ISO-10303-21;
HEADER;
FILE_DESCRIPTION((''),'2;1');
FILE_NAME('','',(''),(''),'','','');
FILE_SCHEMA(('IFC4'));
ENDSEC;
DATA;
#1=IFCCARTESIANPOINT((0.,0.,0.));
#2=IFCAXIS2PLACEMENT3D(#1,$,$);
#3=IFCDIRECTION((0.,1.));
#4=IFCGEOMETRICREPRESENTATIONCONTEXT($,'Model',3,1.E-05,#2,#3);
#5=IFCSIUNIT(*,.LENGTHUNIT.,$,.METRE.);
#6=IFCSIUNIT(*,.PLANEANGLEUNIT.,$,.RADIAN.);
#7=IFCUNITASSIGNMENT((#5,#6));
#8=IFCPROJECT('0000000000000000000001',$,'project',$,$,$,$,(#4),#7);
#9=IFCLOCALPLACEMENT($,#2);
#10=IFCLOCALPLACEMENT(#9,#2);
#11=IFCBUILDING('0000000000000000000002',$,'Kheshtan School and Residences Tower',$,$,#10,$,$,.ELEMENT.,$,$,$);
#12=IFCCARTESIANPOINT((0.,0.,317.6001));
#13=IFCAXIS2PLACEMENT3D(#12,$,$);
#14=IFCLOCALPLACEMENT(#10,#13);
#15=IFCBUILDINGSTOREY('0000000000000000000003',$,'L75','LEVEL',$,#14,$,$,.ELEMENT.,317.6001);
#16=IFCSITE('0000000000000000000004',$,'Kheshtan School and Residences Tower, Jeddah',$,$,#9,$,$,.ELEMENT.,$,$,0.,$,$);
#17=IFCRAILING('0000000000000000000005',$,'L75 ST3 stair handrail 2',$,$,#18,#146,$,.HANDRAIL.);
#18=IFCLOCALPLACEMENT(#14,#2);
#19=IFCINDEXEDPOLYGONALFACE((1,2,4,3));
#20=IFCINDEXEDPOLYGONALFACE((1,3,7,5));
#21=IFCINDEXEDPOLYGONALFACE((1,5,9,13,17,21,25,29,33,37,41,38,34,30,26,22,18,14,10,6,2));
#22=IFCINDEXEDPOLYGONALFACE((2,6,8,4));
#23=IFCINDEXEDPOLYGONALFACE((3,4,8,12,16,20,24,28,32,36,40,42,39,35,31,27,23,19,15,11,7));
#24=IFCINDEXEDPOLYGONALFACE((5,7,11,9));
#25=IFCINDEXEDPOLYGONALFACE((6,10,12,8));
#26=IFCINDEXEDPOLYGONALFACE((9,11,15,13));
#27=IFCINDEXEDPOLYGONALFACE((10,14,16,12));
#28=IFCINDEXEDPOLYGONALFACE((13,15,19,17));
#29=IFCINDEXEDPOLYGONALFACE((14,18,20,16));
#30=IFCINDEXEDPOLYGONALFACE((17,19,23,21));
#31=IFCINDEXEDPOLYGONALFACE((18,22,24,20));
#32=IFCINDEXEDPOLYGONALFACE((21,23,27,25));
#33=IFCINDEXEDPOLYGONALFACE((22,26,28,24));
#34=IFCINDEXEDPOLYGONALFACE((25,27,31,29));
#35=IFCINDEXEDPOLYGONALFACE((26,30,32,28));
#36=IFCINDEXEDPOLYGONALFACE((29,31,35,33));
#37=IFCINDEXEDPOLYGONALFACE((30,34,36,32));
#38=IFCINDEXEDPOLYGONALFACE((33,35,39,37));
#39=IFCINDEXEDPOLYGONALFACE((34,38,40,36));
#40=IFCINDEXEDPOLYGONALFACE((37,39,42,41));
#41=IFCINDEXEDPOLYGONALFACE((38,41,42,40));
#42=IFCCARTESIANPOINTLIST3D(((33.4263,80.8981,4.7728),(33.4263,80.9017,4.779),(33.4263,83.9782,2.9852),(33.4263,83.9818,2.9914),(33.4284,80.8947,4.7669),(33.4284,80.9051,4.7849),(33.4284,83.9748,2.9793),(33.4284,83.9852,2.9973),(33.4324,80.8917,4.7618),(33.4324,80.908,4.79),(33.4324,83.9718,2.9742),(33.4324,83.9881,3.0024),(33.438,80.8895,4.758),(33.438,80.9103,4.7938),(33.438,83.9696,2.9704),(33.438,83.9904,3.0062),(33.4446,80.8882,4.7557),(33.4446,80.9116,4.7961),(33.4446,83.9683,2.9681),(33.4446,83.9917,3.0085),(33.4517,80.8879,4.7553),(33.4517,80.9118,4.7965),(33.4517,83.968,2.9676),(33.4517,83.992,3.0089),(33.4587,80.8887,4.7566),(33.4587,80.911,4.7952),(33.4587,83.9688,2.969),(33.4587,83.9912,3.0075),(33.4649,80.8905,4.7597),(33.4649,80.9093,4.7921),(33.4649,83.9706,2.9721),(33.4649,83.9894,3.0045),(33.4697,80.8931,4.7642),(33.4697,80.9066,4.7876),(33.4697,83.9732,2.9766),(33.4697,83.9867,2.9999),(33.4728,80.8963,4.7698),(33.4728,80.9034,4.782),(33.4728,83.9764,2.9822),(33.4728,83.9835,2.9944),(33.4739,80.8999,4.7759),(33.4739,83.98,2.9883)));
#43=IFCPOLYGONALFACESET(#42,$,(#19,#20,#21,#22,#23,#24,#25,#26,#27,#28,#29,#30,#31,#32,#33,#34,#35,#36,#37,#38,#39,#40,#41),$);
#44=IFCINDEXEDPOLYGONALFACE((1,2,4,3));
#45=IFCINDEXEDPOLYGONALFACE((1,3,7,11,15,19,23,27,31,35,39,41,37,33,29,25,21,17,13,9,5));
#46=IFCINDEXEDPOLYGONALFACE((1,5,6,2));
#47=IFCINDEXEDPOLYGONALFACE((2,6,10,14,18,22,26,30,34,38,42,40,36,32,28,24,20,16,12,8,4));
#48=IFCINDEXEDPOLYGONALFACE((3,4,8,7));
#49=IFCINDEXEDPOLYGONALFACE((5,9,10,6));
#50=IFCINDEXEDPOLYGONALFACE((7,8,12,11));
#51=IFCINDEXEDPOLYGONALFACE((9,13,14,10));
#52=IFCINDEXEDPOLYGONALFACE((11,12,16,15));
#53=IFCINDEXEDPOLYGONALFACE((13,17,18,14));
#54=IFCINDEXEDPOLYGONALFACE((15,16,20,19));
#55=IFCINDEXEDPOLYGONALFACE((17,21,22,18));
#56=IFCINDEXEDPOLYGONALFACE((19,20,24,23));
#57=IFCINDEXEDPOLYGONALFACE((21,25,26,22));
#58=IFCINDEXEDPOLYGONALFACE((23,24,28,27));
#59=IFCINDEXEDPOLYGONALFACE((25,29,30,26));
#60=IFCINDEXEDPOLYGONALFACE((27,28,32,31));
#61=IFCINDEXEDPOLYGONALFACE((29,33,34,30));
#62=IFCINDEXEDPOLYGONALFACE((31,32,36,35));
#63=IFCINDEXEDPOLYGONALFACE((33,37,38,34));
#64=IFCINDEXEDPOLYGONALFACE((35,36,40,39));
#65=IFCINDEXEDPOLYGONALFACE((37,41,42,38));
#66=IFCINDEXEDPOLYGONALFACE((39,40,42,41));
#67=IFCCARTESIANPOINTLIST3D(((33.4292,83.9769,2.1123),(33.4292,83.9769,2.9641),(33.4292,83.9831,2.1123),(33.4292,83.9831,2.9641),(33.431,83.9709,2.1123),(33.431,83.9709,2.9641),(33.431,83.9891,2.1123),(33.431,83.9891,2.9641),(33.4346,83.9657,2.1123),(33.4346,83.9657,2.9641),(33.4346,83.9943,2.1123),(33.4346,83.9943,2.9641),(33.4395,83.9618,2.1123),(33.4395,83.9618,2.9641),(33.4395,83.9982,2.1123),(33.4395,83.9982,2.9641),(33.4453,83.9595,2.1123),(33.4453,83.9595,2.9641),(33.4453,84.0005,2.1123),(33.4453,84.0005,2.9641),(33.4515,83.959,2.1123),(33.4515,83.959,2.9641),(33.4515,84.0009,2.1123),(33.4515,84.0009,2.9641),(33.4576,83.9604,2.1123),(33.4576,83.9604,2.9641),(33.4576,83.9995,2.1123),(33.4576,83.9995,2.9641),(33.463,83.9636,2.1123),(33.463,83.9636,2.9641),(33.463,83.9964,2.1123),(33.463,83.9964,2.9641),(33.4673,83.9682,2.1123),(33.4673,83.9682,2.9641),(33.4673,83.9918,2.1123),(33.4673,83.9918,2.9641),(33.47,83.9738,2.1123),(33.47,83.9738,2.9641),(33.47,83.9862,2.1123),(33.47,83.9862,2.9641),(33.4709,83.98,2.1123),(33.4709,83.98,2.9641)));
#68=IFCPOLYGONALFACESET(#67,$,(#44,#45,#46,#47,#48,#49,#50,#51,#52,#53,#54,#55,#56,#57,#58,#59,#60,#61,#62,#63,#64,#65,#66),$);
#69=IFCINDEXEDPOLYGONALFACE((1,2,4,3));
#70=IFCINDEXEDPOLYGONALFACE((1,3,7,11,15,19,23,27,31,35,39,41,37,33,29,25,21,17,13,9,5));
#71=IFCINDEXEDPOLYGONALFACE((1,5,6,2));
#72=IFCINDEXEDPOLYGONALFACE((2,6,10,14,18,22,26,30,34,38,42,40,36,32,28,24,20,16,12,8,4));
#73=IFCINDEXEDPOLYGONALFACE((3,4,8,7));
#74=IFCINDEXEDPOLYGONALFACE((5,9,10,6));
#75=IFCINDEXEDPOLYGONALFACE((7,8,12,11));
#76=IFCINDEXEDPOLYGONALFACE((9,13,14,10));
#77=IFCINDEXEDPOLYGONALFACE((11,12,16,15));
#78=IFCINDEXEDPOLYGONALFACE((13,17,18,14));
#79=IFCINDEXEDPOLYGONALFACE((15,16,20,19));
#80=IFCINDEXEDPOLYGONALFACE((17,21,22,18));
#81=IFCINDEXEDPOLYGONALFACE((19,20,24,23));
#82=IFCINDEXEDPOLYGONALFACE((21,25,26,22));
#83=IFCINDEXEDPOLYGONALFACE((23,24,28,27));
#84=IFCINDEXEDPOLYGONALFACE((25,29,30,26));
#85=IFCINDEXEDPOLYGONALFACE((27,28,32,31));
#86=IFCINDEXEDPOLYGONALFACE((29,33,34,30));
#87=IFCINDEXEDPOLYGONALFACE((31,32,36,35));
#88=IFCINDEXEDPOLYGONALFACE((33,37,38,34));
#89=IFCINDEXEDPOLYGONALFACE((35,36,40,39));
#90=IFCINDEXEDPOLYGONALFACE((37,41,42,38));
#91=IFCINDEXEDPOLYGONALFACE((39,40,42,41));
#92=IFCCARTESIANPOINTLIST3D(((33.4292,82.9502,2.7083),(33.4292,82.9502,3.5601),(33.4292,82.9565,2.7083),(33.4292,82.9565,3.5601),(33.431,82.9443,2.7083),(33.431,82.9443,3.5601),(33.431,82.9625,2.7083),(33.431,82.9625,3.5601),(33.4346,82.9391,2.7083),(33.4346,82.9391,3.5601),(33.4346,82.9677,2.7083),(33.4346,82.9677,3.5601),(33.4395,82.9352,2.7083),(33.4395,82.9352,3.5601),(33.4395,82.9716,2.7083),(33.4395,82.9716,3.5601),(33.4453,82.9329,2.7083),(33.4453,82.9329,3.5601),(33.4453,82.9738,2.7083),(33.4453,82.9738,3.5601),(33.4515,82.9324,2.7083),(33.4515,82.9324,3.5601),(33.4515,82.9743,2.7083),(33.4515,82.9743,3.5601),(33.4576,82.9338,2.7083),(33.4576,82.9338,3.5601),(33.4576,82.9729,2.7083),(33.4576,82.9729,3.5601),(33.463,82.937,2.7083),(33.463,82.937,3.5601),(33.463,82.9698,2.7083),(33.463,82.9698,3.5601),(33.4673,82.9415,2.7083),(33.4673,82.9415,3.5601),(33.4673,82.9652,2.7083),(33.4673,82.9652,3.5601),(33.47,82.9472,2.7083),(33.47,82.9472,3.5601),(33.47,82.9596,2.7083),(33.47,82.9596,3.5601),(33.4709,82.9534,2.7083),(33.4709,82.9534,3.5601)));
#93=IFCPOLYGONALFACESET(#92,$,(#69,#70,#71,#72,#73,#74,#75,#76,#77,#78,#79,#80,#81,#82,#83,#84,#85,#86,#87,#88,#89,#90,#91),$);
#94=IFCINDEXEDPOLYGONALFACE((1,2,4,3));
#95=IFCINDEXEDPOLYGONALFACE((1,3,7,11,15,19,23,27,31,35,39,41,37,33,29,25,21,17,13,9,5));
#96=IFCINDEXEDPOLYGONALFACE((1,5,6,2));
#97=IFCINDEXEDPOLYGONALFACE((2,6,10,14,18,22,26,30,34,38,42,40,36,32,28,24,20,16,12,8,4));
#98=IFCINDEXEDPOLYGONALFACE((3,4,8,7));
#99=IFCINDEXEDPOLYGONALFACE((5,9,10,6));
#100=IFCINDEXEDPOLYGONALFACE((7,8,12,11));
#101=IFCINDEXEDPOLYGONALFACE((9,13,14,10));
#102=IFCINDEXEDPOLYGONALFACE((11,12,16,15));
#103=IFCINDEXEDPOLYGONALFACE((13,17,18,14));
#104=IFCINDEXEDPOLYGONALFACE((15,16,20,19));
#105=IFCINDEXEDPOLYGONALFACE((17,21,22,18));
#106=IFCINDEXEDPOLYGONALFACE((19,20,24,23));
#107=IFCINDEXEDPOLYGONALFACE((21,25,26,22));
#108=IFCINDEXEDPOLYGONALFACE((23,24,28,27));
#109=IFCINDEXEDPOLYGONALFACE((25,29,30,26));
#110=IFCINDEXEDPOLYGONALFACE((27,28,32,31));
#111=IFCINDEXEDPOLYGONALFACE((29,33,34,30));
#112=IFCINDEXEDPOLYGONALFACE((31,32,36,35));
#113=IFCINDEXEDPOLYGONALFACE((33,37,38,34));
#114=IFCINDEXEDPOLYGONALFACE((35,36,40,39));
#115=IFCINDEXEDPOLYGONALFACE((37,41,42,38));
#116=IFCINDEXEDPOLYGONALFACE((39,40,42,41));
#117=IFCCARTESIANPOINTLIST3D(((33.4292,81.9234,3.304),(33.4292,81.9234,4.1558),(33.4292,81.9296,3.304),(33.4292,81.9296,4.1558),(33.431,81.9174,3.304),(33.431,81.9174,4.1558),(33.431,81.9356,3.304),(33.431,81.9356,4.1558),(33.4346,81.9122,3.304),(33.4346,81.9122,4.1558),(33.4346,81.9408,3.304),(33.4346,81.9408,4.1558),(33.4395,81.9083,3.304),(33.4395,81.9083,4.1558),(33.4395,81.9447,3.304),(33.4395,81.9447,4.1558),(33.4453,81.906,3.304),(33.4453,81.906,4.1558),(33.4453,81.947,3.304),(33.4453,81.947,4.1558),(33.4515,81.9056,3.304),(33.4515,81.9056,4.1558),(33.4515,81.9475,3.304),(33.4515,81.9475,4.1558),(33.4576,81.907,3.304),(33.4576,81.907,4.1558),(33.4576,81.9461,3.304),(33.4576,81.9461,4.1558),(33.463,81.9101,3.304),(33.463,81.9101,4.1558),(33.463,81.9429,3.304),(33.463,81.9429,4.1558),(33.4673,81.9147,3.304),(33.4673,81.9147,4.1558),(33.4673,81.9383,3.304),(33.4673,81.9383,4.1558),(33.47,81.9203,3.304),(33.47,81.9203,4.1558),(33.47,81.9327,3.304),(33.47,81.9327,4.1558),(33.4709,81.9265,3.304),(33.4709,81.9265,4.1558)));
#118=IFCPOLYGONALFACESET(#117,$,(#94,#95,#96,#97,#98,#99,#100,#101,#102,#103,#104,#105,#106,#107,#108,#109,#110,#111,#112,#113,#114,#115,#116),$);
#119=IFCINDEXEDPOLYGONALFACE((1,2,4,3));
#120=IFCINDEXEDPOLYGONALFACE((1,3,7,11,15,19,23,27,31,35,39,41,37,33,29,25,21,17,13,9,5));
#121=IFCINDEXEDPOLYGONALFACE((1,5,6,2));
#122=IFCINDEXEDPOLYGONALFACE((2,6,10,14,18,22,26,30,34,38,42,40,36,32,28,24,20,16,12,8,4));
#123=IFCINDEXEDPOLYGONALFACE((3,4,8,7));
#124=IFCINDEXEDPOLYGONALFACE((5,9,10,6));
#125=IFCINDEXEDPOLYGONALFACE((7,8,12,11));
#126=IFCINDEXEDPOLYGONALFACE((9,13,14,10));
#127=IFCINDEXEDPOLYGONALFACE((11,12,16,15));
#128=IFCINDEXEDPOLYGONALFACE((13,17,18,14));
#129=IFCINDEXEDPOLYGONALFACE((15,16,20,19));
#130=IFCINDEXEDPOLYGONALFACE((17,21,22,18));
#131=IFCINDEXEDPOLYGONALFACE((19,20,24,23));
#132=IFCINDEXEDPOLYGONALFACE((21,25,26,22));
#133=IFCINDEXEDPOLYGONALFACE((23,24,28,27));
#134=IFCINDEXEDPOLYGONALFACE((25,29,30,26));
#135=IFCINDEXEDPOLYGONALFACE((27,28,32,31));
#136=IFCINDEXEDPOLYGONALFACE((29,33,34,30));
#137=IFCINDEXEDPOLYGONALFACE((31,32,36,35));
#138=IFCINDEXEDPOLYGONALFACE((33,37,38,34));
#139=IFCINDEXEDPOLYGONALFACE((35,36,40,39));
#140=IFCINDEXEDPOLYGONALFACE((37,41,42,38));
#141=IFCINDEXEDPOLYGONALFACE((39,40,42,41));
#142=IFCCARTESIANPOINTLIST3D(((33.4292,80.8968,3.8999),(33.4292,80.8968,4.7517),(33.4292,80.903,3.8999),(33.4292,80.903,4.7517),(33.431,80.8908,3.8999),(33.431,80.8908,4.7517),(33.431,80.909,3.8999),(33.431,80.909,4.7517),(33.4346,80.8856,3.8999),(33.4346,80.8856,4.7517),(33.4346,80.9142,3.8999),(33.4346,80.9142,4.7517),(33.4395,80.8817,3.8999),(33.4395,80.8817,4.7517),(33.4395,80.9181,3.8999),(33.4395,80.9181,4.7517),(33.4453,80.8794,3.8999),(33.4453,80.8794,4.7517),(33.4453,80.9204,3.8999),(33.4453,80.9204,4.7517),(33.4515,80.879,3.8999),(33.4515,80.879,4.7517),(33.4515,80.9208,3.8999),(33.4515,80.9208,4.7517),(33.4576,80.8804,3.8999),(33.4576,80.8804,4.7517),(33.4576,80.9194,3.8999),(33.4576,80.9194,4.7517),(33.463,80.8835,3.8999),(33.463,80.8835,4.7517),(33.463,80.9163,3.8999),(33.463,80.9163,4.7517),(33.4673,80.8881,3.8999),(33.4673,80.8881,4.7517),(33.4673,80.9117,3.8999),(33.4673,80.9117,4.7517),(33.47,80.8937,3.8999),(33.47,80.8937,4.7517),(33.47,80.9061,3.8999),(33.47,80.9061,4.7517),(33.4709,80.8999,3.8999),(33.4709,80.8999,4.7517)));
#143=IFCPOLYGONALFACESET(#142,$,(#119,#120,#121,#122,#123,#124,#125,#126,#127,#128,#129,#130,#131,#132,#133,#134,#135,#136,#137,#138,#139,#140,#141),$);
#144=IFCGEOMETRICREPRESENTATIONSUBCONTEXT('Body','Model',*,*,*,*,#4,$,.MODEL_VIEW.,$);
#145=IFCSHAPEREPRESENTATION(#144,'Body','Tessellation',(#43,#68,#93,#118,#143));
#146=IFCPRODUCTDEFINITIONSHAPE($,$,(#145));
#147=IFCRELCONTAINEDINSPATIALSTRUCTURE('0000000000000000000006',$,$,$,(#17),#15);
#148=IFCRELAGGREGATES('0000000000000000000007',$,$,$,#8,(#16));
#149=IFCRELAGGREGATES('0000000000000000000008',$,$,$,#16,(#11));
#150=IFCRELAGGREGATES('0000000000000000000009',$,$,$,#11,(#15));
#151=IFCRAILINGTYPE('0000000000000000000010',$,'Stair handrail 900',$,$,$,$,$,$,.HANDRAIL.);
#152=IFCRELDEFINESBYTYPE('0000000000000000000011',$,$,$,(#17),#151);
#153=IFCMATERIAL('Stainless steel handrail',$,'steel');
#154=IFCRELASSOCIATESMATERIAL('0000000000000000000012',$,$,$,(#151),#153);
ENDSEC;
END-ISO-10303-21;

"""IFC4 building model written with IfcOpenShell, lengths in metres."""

from ifc_helpers import new_model, si_unit, direction, frame, origin, origin_2d, place, context, subcontext, project, spatial, circle, extrude, material, type_object, element, save


model = new_model("IFC4")

# Units and contexts
model_context = context("Model", 3, precision=1e-05, world=origin(), true_north=direction((0.0, 1.0)))
body_context = subcontext(model_context, "Body", "Model", "MODEL_VIEW")
ifc_project = project(units=[si_unit("LENGTHUNIT", "METRE"), si_unit("PLANEANGLEUNIT", "RADIAN")], contexts=[model_context])

# Site, building, storey
site_placement = place(None, origin())
site = spatial("IfcSite", under=ifc_project, at=site_placement, Name="Kheshtan School and Residences Tower, Jeddah", CompositionType="ELEMENT", RefElevation=0.0)
building_placement = place(site_placement, origin())
building = spatial("IfcBuilding", under=site, at=building_placement, Name="Kheshtan School and Residences Tower", CompositionType="ELEMENT")
storey_placement = place(building_placement, frame((0.0, 0.0, 317.6001)))
storey = spatial("IfcBuildingStorey", under=building, at=storey_placement, Name="L75", Description="LEVEL", CompositionType="ELEMENT", Elevation=317.6001)

# Railing
ifc_material_1 = material(Name="Stainless steel handrail", Category="steel")
railing_type_1 = type_object("IfcRailingType", Name="Stair handrail 900", PredefinedType="HANDRAIL", material=ifc_material_1)
railing_1_placement = place(storey_placement, frame((33.45, 83.98, 2.1123)))
element("IfcRailing", 1, at=railing_1_placement, inside=storey, type_object=railing_type_1, Name="L75 ST3 stair handrail 2", PredefinedType="HANDRAIL", context=body_context, shape_type="SweptSolid", body=[
    extrude(circle(Radius=0.0239, at=origin_2d()), frame((0.0, 0.0, 0.876), z_axis=(0.0, -0.864891, 0.50196), x_axis=(1.0, 0.0, 0.0)), (0.0, 0.0, 1.0), 3.5613),
    extrude(circle(Radius=0.021, at=origin_2d()), origin(), (0.0, 0.0, 1.0), 0.8518),
    extrude(circle(Radius=0.021, at=origin_2d()), frame((0.0, -1.0266, 0.5959)), (0.0, 0.0, 1.0), 0.8518),
    extrude(circle(Radius=0.021, at=origin_2d()), frame((0.0, -2.0535, 1.1917)), (0.0, 0.0, 1.0), 0.8518),
    extrude(circle(Radius=0.021, at=origin_2d()), frame((0.0, -3.0801, 1.7876)), (0.0, 0.0, 1.0), 0.8518),
])

save(model, "model.ifc")
